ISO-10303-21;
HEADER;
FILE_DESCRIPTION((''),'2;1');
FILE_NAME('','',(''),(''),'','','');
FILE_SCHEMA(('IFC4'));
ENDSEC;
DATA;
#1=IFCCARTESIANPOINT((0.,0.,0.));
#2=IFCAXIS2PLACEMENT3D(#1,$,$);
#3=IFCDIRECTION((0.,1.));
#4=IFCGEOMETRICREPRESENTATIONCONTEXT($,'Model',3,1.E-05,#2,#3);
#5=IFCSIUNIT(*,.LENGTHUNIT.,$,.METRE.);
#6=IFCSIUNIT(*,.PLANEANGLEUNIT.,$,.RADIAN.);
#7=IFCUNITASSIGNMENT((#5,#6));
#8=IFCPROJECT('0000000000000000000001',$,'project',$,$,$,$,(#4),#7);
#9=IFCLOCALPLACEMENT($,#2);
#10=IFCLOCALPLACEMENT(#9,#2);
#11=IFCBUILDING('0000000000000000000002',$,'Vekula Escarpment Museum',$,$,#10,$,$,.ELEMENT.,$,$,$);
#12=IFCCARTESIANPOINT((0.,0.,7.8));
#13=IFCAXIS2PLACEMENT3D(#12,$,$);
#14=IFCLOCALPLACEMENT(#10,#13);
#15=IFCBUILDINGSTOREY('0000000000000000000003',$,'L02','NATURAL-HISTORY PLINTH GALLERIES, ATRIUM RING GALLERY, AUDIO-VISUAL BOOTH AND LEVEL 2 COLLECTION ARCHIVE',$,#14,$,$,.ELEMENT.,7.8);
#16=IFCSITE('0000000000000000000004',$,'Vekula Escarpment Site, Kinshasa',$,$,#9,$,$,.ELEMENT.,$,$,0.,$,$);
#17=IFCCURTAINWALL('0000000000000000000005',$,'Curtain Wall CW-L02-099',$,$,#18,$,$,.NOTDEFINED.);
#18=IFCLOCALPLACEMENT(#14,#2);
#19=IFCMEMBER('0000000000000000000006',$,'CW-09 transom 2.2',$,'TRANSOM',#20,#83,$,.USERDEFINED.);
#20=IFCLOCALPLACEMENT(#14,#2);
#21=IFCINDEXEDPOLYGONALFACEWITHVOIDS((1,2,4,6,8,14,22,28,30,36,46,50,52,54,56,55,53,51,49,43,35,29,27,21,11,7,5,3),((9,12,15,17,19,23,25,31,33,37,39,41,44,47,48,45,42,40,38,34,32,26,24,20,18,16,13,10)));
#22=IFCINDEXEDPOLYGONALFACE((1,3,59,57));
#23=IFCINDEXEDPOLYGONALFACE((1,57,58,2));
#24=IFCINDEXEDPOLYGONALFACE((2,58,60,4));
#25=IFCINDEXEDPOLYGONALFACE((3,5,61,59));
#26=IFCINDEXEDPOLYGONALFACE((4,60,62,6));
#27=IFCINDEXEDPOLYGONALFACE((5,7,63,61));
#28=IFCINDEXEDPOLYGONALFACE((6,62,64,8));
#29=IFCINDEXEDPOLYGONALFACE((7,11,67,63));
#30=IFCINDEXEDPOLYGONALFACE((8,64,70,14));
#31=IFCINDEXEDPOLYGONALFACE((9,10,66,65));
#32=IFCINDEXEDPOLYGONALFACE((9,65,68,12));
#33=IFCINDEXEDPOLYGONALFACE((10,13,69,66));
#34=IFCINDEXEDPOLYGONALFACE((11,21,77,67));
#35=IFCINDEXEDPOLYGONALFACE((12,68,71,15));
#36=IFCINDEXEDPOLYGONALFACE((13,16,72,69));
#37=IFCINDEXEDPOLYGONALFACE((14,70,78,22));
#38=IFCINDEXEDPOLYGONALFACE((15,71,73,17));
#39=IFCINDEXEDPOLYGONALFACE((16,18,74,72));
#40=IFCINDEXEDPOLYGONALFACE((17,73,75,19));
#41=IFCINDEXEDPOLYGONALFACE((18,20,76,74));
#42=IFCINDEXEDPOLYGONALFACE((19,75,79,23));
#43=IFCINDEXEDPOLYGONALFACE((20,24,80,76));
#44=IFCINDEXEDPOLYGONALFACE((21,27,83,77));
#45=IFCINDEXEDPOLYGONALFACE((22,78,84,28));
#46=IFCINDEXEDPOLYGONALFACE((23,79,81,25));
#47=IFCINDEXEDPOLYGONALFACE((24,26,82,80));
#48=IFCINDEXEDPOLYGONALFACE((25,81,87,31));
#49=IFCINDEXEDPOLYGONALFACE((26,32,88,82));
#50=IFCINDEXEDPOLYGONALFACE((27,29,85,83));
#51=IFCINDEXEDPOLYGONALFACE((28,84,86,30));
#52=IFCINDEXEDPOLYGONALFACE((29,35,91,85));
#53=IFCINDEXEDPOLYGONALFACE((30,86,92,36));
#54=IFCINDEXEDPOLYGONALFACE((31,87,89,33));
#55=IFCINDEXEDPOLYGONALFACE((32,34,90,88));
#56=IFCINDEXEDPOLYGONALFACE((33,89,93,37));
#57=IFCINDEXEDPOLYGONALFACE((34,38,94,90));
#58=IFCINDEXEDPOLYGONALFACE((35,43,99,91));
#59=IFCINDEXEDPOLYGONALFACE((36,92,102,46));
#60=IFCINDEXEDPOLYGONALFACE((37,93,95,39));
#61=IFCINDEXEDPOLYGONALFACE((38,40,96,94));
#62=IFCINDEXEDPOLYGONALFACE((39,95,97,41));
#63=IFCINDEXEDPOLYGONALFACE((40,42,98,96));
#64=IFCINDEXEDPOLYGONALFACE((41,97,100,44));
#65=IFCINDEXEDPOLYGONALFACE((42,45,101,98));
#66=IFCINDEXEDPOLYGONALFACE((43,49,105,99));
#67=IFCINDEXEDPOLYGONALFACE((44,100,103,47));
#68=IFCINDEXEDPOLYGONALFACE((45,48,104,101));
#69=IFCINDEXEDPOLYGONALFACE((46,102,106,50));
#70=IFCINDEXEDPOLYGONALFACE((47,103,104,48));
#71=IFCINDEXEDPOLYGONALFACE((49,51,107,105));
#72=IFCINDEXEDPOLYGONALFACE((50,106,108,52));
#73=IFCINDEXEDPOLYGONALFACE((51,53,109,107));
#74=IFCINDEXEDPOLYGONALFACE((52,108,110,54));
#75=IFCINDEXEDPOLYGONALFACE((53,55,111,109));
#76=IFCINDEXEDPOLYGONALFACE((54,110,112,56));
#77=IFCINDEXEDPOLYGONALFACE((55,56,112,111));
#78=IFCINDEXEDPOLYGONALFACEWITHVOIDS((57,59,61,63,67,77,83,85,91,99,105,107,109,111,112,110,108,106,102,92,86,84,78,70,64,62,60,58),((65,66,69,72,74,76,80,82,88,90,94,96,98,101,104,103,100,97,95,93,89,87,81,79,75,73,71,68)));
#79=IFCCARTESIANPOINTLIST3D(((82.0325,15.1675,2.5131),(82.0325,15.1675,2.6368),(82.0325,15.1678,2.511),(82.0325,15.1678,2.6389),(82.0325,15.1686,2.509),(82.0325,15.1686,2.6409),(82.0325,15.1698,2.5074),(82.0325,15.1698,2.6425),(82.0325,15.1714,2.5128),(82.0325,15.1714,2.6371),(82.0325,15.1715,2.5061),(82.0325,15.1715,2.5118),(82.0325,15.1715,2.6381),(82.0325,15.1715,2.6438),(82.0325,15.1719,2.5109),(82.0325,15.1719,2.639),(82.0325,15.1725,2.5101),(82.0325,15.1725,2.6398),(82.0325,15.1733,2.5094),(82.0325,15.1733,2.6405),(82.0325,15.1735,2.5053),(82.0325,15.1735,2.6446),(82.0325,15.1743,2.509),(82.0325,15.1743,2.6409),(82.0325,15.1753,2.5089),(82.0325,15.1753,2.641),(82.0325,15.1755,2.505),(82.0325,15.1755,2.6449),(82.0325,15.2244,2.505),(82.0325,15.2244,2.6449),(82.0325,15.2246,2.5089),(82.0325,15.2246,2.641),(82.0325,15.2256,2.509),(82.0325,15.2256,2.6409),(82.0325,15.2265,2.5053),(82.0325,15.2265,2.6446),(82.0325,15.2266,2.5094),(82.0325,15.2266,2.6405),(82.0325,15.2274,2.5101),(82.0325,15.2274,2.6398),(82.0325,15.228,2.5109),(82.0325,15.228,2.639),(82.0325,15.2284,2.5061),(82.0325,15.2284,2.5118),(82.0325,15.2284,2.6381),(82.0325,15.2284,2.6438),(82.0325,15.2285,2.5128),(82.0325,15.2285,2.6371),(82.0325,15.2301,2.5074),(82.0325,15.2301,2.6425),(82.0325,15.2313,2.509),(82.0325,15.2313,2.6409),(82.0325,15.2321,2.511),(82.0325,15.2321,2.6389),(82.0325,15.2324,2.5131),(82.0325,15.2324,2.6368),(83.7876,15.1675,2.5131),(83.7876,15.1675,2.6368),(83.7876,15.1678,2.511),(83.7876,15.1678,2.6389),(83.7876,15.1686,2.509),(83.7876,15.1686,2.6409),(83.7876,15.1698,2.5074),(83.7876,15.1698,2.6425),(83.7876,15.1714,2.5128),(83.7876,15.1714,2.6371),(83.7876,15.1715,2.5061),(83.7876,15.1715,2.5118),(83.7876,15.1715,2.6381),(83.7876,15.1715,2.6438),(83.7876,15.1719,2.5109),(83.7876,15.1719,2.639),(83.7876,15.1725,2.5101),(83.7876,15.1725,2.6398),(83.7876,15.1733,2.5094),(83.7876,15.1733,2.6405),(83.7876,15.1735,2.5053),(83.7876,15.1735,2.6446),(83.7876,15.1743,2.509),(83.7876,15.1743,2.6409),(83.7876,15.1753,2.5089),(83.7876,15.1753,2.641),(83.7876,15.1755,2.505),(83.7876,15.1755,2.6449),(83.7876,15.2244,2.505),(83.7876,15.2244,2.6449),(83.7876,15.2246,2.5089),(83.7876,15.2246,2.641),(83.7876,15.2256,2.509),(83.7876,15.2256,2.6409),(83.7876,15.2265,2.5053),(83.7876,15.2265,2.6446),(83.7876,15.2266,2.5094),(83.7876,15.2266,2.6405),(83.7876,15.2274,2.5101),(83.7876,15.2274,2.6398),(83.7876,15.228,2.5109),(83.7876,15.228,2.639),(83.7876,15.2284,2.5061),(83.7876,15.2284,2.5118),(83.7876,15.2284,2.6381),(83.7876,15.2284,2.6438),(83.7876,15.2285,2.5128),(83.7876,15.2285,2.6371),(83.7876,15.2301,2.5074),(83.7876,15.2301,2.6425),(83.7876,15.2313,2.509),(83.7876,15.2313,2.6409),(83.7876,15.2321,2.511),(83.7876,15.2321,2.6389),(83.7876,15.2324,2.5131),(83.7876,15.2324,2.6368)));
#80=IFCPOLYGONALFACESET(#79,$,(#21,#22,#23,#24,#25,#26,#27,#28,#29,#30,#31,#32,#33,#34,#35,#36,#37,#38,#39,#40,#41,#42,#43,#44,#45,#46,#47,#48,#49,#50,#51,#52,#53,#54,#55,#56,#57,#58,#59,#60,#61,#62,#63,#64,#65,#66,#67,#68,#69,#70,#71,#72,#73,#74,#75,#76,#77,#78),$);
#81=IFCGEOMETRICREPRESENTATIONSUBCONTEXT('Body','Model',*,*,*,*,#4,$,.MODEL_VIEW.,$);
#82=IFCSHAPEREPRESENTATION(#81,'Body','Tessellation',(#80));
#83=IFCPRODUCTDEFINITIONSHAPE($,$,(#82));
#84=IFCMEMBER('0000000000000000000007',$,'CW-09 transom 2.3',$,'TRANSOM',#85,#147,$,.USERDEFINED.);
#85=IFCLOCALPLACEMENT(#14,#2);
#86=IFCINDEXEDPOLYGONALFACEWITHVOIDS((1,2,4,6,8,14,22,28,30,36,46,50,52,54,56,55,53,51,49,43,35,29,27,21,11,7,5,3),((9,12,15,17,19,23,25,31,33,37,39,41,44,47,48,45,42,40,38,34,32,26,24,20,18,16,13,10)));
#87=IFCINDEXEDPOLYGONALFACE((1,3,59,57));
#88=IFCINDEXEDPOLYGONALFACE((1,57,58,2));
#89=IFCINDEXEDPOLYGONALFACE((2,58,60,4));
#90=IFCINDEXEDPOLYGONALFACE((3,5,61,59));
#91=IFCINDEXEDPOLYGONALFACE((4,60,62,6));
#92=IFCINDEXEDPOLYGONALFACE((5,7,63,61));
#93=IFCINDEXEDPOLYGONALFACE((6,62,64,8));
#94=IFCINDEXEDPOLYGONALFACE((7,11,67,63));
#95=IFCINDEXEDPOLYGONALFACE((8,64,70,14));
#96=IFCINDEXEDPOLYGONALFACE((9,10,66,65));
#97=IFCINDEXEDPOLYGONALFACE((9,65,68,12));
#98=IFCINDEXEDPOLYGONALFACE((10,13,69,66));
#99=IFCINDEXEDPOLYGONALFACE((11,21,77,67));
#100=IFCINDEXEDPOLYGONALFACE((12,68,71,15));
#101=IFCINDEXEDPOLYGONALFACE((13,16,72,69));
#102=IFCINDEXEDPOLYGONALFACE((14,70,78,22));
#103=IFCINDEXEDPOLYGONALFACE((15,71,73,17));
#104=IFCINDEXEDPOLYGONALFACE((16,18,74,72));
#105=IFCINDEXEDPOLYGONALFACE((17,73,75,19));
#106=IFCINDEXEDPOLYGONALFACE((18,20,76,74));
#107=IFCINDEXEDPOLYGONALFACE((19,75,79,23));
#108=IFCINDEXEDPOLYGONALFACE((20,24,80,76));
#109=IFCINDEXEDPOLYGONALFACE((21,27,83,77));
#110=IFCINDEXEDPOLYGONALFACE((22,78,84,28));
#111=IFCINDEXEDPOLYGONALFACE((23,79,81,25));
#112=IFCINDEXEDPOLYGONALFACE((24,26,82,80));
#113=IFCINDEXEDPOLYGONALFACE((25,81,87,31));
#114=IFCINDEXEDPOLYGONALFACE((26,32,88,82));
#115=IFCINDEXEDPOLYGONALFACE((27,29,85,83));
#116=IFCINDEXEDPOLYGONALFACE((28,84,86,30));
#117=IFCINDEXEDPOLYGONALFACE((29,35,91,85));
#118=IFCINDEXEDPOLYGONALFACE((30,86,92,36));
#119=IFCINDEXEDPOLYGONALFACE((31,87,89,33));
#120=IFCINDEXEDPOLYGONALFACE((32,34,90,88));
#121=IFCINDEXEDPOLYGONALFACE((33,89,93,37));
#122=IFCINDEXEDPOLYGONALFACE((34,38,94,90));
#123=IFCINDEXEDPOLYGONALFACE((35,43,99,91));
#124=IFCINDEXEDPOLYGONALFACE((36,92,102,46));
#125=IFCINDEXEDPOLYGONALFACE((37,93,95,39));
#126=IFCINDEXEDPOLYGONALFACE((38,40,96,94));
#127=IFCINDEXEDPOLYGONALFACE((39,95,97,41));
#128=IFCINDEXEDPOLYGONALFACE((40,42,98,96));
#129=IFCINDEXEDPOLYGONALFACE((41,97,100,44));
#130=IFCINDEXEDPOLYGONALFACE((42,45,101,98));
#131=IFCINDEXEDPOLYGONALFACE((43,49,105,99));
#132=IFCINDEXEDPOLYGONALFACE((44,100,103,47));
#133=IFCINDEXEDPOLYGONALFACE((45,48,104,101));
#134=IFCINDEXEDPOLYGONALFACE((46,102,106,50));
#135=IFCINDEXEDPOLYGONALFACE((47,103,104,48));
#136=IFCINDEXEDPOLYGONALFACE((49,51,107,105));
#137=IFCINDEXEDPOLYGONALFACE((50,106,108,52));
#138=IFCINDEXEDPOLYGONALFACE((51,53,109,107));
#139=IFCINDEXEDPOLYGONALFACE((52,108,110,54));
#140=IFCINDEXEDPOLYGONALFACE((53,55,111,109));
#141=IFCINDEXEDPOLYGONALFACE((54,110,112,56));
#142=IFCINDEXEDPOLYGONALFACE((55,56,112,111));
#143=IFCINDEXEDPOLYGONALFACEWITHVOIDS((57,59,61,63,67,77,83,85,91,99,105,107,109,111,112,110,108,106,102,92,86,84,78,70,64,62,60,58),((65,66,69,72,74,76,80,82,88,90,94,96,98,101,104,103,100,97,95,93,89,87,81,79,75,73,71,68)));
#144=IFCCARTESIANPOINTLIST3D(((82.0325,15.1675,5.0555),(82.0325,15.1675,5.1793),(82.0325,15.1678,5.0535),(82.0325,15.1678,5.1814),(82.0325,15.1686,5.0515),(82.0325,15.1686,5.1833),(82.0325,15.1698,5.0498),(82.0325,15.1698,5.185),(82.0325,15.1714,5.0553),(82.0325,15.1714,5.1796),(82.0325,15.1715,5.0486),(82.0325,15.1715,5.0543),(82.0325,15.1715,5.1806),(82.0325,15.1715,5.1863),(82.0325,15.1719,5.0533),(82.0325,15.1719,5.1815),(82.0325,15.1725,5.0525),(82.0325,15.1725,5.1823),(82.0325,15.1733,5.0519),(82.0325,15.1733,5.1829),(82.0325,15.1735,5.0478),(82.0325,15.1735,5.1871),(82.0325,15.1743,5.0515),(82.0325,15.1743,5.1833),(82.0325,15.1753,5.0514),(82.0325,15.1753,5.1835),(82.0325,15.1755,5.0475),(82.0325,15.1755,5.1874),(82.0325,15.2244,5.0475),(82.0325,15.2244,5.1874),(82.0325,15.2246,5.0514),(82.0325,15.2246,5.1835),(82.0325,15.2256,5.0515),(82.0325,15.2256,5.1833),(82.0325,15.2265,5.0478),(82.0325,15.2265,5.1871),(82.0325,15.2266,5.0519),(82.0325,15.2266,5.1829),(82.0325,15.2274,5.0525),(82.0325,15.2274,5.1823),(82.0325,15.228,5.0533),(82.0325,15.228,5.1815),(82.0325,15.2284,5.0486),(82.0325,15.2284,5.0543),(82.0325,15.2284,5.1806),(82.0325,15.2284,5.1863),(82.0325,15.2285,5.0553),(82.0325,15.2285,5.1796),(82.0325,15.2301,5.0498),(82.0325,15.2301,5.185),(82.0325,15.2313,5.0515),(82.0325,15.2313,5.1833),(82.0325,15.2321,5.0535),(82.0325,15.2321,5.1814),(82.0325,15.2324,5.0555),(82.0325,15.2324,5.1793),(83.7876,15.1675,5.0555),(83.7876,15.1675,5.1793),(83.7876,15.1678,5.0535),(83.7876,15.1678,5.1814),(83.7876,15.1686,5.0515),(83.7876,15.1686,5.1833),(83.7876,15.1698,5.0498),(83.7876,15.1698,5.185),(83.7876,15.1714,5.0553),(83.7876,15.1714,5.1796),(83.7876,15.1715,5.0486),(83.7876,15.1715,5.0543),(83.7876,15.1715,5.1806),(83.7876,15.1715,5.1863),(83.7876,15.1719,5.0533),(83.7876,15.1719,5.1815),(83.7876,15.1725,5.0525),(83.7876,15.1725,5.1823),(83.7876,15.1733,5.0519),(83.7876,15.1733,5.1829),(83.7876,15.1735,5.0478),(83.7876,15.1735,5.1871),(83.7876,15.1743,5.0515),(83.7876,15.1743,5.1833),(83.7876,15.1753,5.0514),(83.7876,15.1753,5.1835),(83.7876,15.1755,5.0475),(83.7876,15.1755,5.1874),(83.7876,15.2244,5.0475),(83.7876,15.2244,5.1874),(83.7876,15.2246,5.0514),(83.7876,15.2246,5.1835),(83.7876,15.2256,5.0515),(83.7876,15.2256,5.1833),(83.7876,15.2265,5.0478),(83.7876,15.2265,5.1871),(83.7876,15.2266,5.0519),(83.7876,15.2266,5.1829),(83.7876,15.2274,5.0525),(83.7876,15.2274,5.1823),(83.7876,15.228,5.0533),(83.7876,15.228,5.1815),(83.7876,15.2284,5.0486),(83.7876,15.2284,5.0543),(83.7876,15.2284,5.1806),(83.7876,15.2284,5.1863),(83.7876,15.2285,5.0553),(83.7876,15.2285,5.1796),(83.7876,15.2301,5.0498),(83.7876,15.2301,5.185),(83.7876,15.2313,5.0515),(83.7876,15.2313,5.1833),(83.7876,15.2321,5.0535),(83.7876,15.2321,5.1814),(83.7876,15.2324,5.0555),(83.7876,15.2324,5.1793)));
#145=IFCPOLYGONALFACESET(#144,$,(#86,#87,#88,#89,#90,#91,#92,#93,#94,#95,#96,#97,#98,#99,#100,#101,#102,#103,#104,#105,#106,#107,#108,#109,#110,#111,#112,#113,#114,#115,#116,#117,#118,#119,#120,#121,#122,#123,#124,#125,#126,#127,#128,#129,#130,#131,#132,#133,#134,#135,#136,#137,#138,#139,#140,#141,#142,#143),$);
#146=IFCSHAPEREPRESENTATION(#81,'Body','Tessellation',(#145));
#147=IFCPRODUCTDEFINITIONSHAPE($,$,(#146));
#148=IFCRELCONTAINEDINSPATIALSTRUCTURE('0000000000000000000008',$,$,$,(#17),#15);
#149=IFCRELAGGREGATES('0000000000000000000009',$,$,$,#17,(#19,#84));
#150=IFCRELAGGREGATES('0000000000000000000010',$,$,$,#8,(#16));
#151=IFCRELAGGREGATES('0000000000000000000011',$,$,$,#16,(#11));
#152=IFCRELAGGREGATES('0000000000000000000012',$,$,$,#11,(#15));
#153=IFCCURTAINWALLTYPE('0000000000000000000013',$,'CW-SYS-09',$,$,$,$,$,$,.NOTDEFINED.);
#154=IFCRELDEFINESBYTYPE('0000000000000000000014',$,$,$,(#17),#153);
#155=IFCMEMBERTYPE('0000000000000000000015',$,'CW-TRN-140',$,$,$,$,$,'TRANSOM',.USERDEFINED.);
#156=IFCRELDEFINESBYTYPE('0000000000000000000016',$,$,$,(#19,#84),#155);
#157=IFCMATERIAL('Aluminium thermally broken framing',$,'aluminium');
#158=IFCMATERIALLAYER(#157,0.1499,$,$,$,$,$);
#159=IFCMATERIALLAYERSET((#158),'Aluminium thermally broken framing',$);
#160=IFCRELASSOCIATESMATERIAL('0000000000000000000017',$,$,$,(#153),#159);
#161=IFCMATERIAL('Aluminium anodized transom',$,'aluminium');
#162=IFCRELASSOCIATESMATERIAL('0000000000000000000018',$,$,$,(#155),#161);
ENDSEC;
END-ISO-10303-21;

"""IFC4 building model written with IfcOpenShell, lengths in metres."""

from ifc_helpers import new_model, si_unit, direction, frame, origin, origin_2d, place, context, subcontext, project, spatial, hollow_rectangle, extrude, material, layer, layer_set, material_profile, profile_set, type_object, element, aggregate, save


model = new_model("IFC4")

# Units and contexts
model_context = context("Model", 3, precision=1e-05, world=origin(), true_north=direction((0.0, 1.0)))
body_context = subcontext(model_context, "Body", "Model", "MODEL_VIEW")
ifc_project = project(units=[si_unit("LENGTHUNIT", "METRE"), si_unit("PLANEANGLEUNIT", "RADIAN")], contexts=[model_context])

# Site, building, storey
site_placement = place(None, origin())
site = spatial("IfcSite", under=ifc_project, at=site_placement, Name="Vekula Escarpment Site, Kinshasa", CompositionType="ELEMENT", RefElevation=0.0)
building_placement = place(site_placement, origin())
building = spatial("IfcBuilding", under=site, at=building_placement, Name="Vekula Escarpment Museum", CompositionType="ELEMENT")
storey_placement = place(building_placement, frame((0.0, 0.0, 7.8)))
storey = spatial("IfcBuildingStorey", under=building, at=storey_placement, Name="L02", Description="NATURAL-HISTORY PLINTH GALLERIES, ATRIUM RING GALLERY, AUDIO-VISUAL BOOTH AND LEVEL 2 COLLECTION ARCHIVE", CompositionType="ELEMENT", Elevation=7.8)

# Curtain wall, members
ifc_material_1 = material(Name="Aluminium thermally broken framing", Category="aluminium")
ifc_layer_1 = layer(ifc_material_1, 0.1499)
ifc_layer_set_1 = layer_set([ifc_layer_1], Name="Aluminium thermally broken framing")
curtain_wall_type = type_object("IfcCurtainWallType", Name="CW-SYS-09", PredefinedType="NOTDEFINED", material=ifc_layer_set_1)
curtain_wall_placement = place(storey_placement, origin())
curtain_wall = element("IfcCurtainWall", 1, at=curtain_wall_placement, inside=storey, type_object=curtain_wall_type, Name="Curtain Wall CW-L02-099", PredefinedType="NOTDEFINED")
ifc_material_2 = material(Name="Aluminium anodized transom", Category="aluminium")
ifc_material_profile_1 = material_profile(ifc_material_2, hollow_rectangle(XDim=0.0649, YDim=0.1399, WallThickness=0.0039, InnerFilletRadius=0.0039, OuterFilletRadius=0.0081, at=origin_2d()), Name="ALU 140x65x4")
ifc_profile_set_1 = profile_set([ifc_material_profile_1], Name="Aluminium anodized transom")
member_type_1 = type_object("IfcMemberType", Name="CW-TRN-140", ElementType="TRANSOM", PredefinedType="USERDEFINED", material=ifc_profile_set_1)
member_1_placement = place(storey_placement, frame((83.7876, 15.2, 2.575), z_axis=(-1.0, 0.0, 0.0), x_axis=(0.0, -1.0, 0.0)))
member_1 = element("IfcMember", 2, at=member_1_placement, type_object=member_type_1, Name="CW-09 transom 2.2", ObjectType="TRANSOM", PredefinedType="USERDEFINED", context=body_context, shape_type="SweptSolid", body=[
    extrude(hollow_rectangle(XDim=0.0649, YDim=0.1399, WallThickness=0.0039, InnerFilletRadius=0.0039, OuterFilletRadius=0.0081, at=origin_2d()), origin(), (0.0, 0.0, 1.0), 1.7551),
])
member_2_placement = place(storey_placement, frame((83.7876, 15.2, 5.1174), z_axis=(-1.0, 0.0, 0.0), x_axis=(0.0, -1.0, 0.0)))
member_2 = element("IfcMember", 3, at=member_2_placement, type_object=member_type_1, Name="CW-09 transom 2.3", ObjectType="TRANSOM", PredefinedType="USERDEFINED", context=body_context, shape_type="SweptSolid", body=[
    extrude(hollow_rectangle(XDim=0.0649, YDim=0.1399, WallThickness=0.0039, InnerFilletRadius=0.0039, OuterFilletRadius=0.0081, at=origin_2d()), origin(), (0.0, 0.0, 1.0), 1.7551),
])

aggregate(curtain_wall, [member_1, member_2])

save(model, "model.ifc")
